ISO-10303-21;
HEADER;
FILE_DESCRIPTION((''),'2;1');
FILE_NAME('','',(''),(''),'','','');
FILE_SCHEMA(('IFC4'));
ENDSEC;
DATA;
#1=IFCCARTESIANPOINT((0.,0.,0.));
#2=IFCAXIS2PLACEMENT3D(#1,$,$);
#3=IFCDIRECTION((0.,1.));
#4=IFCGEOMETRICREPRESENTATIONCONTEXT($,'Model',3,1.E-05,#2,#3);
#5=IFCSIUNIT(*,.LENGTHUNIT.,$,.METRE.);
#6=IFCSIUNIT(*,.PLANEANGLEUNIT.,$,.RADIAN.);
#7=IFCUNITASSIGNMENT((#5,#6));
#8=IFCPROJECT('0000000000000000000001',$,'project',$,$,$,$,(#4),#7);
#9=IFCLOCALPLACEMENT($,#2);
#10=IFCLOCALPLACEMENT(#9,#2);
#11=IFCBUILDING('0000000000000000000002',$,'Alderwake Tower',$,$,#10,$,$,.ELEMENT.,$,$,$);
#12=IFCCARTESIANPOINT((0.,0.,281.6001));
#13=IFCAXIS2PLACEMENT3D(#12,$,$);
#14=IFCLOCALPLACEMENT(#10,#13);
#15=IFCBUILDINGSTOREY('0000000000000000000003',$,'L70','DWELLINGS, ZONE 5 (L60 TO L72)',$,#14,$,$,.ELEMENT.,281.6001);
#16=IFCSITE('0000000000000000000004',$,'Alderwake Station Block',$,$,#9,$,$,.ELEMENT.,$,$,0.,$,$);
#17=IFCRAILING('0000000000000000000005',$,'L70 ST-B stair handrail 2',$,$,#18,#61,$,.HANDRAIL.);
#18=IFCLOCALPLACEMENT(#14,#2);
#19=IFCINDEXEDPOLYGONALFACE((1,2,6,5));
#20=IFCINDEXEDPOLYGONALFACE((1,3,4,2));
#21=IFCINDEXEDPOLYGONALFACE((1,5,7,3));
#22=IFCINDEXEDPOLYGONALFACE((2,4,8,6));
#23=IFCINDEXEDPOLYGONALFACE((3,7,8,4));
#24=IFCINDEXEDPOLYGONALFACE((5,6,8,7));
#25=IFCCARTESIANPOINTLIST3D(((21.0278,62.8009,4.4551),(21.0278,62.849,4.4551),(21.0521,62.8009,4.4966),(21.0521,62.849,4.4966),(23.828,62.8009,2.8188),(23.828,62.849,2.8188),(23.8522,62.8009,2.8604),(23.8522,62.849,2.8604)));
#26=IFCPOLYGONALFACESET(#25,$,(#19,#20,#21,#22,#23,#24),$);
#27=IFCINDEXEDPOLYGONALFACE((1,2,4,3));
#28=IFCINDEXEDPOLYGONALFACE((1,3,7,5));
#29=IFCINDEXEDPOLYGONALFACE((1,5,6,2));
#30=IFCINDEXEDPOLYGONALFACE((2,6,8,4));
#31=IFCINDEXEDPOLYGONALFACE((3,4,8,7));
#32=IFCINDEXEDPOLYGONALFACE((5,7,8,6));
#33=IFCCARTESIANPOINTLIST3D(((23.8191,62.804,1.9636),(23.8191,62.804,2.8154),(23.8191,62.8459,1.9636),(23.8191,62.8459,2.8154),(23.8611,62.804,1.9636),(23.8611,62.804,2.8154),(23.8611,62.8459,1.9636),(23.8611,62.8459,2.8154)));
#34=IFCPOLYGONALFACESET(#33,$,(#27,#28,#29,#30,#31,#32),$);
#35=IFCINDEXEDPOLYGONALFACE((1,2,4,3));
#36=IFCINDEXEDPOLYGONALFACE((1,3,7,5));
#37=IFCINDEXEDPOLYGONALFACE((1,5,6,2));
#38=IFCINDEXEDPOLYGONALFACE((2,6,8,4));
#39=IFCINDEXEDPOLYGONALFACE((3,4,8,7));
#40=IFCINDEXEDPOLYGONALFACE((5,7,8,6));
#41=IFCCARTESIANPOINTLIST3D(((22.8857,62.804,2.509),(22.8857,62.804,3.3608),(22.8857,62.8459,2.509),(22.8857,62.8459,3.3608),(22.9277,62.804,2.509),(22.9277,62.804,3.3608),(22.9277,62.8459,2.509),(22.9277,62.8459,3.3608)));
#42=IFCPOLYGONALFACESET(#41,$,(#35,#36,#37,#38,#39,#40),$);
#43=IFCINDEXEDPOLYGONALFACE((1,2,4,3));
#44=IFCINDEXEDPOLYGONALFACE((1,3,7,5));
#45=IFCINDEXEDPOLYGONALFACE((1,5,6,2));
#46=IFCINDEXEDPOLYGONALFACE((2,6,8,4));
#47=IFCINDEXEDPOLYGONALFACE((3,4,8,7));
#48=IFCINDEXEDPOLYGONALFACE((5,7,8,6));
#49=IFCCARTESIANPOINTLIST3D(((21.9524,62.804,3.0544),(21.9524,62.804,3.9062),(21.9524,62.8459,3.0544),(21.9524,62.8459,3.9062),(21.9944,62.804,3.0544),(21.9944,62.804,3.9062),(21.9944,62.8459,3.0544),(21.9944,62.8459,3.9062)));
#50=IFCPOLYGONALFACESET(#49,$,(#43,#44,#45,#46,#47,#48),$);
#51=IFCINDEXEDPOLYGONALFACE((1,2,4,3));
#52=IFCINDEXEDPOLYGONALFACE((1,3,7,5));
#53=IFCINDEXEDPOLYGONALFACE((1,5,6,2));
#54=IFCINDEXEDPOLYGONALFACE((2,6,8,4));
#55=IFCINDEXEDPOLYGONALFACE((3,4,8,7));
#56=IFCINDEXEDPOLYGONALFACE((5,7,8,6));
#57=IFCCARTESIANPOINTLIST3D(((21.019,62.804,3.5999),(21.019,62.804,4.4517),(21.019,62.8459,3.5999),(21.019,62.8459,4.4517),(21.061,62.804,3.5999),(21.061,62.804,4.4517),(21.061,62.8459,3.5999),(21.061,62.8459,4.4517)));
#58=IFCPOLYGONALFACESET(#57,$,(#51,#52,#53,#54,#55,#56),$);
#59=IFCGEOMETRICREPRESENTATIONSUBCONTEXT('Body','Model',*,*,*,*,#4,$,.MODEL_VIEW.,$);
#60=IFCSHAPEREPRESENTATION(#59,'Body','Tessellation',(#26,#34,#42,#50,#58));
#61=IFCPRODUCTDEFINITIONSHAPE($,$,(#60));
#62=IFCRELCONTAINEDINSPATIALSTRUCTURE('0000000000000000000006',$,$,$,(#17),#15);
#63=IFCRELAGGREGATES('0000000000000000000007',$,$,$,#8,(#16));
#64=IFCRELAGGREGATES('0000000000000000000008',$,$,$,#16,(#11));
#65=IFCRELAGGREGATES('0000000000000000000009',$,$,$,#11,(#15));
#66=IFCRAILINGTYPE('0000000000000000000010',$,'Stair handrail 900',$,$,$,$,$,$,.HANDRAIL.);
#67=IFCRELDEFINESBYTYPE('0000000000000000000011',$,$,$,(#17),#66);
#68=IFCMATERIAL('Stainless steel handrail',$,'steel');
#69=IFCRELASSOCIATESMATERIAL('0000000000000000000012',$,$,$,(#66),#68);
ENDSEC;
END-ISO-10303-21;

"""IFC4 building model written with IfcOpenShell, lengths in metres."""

from ifc_helpers import new_model, si_unit, direction, frame, origin, origin_2d, place, context, subcontext, project, spatial, rectangle, extrude, material, type_object, element, save


model = new_model("IFC4")

# Units and contexts
model_context = context("Model", 3, precision=1e-05, world=origin(), true_north=direction((0.0, 1.0)))
body_context = subcontext(model_context, "Body", "Model", "MODEL_VIEW")
ifc_project = project(units=[si_unit("LENGTHUNIT", "METRE"), si_unit("PLANEANGLEUNIT", "RADIAN")], contexts=[model_context])

# Site, building, storey
site_placement = place(None, origin())
site = spatial("IfcSite", under=ifc_project, at=site_placement, Name="Alderwake Station Block", CompositionType="ELEMENT", RefElevation=0.0)
building_placement = place(site_placement, origin())
building = spatial("IfcBuilding", under=site, at=building_placement, Name="Alderwake Tower", CompositionType="ELEMENT")
storey_placement = place(building_placement, frame((0.0, 0.0, 281.6001)))
storey = spatial("IfcBuildingStorey", under=building, at=storey_placement, Name="L70", Description="DWELLINGS, ZONE 5 (L60 TO L72)", CompositionType="ELEMENT", Elevation=281.6001)

# Railing
ifc_material_1 = material(Name="Stainless steel handrail", Category="steel")
railing_type = type_object("IfcRailingType", Name="Stair handrail 900", PredefinedType="HANDRAIL", material=ifc_material_1)
railing_placement = place(storey_placement, frame((23.8401, 62.825, 1.9636)))
element("IfcRailing", 1, at=railing_placement, inside=storey, type_object=railing_type, Name="L70 ST-B stair handrail 2", PredefinedType="HANDRAIL", context=body_context, shape_type="SweptSolid", body=[
    extrude(rectangle(XDim=0.0481, YDim=0.0481, at=origin_2d()), frame((0.0, 0.0, 0.876), z_axis=(-0.863394, 0.0, 0.504531), x_axis=(0.0, -1.0, 0.0)), (0.0, 0.0, 1.0), 3.2432),
    extrude(rectangle(XDim=0.042, YDim=0.042, at=origin_2d()), frame((0.0, 0.0, 0.0), z_axis=(0.0, 0.0, 1.0), x_axis=(-1.0, 0.0, 0.0)), (0.0, 0.0, 1.0), 0.8518),
    extrude(rectangle(XDim=0.042, YDim=0.042, at=origin_2d()), frame((-0.9333, 0.0, 0.5454), z_axis=(0.0, 0.0, 1.0), x_axis=(-1.0, 0.0, 0.0)), (0.0, 0.0, 1.0), 0.8518),
    extrude(rectangle(XDim=0.042, YDim=0.042, at=origin_2d()), frame((-1.8667, 0.0, 1.0908), z_axis=(0.0, 0.0, 1.0), x_axis=(-1.0, 0.0, 0.0)), (0.0, 0.0, 1.0), 0.8518),
    extrude(rectangle(XDim=0.042, YDim=0.042, at=origin_2d()), frame((-2.8, 0.0, 1.6362), z_axis=(0.0, 0.0, 1.0), x_axis=(-1.0, 0.0, 0.0)), (0.0, 0.0, 1.0), 0.8518),
])

save(model, "model.ifc")
